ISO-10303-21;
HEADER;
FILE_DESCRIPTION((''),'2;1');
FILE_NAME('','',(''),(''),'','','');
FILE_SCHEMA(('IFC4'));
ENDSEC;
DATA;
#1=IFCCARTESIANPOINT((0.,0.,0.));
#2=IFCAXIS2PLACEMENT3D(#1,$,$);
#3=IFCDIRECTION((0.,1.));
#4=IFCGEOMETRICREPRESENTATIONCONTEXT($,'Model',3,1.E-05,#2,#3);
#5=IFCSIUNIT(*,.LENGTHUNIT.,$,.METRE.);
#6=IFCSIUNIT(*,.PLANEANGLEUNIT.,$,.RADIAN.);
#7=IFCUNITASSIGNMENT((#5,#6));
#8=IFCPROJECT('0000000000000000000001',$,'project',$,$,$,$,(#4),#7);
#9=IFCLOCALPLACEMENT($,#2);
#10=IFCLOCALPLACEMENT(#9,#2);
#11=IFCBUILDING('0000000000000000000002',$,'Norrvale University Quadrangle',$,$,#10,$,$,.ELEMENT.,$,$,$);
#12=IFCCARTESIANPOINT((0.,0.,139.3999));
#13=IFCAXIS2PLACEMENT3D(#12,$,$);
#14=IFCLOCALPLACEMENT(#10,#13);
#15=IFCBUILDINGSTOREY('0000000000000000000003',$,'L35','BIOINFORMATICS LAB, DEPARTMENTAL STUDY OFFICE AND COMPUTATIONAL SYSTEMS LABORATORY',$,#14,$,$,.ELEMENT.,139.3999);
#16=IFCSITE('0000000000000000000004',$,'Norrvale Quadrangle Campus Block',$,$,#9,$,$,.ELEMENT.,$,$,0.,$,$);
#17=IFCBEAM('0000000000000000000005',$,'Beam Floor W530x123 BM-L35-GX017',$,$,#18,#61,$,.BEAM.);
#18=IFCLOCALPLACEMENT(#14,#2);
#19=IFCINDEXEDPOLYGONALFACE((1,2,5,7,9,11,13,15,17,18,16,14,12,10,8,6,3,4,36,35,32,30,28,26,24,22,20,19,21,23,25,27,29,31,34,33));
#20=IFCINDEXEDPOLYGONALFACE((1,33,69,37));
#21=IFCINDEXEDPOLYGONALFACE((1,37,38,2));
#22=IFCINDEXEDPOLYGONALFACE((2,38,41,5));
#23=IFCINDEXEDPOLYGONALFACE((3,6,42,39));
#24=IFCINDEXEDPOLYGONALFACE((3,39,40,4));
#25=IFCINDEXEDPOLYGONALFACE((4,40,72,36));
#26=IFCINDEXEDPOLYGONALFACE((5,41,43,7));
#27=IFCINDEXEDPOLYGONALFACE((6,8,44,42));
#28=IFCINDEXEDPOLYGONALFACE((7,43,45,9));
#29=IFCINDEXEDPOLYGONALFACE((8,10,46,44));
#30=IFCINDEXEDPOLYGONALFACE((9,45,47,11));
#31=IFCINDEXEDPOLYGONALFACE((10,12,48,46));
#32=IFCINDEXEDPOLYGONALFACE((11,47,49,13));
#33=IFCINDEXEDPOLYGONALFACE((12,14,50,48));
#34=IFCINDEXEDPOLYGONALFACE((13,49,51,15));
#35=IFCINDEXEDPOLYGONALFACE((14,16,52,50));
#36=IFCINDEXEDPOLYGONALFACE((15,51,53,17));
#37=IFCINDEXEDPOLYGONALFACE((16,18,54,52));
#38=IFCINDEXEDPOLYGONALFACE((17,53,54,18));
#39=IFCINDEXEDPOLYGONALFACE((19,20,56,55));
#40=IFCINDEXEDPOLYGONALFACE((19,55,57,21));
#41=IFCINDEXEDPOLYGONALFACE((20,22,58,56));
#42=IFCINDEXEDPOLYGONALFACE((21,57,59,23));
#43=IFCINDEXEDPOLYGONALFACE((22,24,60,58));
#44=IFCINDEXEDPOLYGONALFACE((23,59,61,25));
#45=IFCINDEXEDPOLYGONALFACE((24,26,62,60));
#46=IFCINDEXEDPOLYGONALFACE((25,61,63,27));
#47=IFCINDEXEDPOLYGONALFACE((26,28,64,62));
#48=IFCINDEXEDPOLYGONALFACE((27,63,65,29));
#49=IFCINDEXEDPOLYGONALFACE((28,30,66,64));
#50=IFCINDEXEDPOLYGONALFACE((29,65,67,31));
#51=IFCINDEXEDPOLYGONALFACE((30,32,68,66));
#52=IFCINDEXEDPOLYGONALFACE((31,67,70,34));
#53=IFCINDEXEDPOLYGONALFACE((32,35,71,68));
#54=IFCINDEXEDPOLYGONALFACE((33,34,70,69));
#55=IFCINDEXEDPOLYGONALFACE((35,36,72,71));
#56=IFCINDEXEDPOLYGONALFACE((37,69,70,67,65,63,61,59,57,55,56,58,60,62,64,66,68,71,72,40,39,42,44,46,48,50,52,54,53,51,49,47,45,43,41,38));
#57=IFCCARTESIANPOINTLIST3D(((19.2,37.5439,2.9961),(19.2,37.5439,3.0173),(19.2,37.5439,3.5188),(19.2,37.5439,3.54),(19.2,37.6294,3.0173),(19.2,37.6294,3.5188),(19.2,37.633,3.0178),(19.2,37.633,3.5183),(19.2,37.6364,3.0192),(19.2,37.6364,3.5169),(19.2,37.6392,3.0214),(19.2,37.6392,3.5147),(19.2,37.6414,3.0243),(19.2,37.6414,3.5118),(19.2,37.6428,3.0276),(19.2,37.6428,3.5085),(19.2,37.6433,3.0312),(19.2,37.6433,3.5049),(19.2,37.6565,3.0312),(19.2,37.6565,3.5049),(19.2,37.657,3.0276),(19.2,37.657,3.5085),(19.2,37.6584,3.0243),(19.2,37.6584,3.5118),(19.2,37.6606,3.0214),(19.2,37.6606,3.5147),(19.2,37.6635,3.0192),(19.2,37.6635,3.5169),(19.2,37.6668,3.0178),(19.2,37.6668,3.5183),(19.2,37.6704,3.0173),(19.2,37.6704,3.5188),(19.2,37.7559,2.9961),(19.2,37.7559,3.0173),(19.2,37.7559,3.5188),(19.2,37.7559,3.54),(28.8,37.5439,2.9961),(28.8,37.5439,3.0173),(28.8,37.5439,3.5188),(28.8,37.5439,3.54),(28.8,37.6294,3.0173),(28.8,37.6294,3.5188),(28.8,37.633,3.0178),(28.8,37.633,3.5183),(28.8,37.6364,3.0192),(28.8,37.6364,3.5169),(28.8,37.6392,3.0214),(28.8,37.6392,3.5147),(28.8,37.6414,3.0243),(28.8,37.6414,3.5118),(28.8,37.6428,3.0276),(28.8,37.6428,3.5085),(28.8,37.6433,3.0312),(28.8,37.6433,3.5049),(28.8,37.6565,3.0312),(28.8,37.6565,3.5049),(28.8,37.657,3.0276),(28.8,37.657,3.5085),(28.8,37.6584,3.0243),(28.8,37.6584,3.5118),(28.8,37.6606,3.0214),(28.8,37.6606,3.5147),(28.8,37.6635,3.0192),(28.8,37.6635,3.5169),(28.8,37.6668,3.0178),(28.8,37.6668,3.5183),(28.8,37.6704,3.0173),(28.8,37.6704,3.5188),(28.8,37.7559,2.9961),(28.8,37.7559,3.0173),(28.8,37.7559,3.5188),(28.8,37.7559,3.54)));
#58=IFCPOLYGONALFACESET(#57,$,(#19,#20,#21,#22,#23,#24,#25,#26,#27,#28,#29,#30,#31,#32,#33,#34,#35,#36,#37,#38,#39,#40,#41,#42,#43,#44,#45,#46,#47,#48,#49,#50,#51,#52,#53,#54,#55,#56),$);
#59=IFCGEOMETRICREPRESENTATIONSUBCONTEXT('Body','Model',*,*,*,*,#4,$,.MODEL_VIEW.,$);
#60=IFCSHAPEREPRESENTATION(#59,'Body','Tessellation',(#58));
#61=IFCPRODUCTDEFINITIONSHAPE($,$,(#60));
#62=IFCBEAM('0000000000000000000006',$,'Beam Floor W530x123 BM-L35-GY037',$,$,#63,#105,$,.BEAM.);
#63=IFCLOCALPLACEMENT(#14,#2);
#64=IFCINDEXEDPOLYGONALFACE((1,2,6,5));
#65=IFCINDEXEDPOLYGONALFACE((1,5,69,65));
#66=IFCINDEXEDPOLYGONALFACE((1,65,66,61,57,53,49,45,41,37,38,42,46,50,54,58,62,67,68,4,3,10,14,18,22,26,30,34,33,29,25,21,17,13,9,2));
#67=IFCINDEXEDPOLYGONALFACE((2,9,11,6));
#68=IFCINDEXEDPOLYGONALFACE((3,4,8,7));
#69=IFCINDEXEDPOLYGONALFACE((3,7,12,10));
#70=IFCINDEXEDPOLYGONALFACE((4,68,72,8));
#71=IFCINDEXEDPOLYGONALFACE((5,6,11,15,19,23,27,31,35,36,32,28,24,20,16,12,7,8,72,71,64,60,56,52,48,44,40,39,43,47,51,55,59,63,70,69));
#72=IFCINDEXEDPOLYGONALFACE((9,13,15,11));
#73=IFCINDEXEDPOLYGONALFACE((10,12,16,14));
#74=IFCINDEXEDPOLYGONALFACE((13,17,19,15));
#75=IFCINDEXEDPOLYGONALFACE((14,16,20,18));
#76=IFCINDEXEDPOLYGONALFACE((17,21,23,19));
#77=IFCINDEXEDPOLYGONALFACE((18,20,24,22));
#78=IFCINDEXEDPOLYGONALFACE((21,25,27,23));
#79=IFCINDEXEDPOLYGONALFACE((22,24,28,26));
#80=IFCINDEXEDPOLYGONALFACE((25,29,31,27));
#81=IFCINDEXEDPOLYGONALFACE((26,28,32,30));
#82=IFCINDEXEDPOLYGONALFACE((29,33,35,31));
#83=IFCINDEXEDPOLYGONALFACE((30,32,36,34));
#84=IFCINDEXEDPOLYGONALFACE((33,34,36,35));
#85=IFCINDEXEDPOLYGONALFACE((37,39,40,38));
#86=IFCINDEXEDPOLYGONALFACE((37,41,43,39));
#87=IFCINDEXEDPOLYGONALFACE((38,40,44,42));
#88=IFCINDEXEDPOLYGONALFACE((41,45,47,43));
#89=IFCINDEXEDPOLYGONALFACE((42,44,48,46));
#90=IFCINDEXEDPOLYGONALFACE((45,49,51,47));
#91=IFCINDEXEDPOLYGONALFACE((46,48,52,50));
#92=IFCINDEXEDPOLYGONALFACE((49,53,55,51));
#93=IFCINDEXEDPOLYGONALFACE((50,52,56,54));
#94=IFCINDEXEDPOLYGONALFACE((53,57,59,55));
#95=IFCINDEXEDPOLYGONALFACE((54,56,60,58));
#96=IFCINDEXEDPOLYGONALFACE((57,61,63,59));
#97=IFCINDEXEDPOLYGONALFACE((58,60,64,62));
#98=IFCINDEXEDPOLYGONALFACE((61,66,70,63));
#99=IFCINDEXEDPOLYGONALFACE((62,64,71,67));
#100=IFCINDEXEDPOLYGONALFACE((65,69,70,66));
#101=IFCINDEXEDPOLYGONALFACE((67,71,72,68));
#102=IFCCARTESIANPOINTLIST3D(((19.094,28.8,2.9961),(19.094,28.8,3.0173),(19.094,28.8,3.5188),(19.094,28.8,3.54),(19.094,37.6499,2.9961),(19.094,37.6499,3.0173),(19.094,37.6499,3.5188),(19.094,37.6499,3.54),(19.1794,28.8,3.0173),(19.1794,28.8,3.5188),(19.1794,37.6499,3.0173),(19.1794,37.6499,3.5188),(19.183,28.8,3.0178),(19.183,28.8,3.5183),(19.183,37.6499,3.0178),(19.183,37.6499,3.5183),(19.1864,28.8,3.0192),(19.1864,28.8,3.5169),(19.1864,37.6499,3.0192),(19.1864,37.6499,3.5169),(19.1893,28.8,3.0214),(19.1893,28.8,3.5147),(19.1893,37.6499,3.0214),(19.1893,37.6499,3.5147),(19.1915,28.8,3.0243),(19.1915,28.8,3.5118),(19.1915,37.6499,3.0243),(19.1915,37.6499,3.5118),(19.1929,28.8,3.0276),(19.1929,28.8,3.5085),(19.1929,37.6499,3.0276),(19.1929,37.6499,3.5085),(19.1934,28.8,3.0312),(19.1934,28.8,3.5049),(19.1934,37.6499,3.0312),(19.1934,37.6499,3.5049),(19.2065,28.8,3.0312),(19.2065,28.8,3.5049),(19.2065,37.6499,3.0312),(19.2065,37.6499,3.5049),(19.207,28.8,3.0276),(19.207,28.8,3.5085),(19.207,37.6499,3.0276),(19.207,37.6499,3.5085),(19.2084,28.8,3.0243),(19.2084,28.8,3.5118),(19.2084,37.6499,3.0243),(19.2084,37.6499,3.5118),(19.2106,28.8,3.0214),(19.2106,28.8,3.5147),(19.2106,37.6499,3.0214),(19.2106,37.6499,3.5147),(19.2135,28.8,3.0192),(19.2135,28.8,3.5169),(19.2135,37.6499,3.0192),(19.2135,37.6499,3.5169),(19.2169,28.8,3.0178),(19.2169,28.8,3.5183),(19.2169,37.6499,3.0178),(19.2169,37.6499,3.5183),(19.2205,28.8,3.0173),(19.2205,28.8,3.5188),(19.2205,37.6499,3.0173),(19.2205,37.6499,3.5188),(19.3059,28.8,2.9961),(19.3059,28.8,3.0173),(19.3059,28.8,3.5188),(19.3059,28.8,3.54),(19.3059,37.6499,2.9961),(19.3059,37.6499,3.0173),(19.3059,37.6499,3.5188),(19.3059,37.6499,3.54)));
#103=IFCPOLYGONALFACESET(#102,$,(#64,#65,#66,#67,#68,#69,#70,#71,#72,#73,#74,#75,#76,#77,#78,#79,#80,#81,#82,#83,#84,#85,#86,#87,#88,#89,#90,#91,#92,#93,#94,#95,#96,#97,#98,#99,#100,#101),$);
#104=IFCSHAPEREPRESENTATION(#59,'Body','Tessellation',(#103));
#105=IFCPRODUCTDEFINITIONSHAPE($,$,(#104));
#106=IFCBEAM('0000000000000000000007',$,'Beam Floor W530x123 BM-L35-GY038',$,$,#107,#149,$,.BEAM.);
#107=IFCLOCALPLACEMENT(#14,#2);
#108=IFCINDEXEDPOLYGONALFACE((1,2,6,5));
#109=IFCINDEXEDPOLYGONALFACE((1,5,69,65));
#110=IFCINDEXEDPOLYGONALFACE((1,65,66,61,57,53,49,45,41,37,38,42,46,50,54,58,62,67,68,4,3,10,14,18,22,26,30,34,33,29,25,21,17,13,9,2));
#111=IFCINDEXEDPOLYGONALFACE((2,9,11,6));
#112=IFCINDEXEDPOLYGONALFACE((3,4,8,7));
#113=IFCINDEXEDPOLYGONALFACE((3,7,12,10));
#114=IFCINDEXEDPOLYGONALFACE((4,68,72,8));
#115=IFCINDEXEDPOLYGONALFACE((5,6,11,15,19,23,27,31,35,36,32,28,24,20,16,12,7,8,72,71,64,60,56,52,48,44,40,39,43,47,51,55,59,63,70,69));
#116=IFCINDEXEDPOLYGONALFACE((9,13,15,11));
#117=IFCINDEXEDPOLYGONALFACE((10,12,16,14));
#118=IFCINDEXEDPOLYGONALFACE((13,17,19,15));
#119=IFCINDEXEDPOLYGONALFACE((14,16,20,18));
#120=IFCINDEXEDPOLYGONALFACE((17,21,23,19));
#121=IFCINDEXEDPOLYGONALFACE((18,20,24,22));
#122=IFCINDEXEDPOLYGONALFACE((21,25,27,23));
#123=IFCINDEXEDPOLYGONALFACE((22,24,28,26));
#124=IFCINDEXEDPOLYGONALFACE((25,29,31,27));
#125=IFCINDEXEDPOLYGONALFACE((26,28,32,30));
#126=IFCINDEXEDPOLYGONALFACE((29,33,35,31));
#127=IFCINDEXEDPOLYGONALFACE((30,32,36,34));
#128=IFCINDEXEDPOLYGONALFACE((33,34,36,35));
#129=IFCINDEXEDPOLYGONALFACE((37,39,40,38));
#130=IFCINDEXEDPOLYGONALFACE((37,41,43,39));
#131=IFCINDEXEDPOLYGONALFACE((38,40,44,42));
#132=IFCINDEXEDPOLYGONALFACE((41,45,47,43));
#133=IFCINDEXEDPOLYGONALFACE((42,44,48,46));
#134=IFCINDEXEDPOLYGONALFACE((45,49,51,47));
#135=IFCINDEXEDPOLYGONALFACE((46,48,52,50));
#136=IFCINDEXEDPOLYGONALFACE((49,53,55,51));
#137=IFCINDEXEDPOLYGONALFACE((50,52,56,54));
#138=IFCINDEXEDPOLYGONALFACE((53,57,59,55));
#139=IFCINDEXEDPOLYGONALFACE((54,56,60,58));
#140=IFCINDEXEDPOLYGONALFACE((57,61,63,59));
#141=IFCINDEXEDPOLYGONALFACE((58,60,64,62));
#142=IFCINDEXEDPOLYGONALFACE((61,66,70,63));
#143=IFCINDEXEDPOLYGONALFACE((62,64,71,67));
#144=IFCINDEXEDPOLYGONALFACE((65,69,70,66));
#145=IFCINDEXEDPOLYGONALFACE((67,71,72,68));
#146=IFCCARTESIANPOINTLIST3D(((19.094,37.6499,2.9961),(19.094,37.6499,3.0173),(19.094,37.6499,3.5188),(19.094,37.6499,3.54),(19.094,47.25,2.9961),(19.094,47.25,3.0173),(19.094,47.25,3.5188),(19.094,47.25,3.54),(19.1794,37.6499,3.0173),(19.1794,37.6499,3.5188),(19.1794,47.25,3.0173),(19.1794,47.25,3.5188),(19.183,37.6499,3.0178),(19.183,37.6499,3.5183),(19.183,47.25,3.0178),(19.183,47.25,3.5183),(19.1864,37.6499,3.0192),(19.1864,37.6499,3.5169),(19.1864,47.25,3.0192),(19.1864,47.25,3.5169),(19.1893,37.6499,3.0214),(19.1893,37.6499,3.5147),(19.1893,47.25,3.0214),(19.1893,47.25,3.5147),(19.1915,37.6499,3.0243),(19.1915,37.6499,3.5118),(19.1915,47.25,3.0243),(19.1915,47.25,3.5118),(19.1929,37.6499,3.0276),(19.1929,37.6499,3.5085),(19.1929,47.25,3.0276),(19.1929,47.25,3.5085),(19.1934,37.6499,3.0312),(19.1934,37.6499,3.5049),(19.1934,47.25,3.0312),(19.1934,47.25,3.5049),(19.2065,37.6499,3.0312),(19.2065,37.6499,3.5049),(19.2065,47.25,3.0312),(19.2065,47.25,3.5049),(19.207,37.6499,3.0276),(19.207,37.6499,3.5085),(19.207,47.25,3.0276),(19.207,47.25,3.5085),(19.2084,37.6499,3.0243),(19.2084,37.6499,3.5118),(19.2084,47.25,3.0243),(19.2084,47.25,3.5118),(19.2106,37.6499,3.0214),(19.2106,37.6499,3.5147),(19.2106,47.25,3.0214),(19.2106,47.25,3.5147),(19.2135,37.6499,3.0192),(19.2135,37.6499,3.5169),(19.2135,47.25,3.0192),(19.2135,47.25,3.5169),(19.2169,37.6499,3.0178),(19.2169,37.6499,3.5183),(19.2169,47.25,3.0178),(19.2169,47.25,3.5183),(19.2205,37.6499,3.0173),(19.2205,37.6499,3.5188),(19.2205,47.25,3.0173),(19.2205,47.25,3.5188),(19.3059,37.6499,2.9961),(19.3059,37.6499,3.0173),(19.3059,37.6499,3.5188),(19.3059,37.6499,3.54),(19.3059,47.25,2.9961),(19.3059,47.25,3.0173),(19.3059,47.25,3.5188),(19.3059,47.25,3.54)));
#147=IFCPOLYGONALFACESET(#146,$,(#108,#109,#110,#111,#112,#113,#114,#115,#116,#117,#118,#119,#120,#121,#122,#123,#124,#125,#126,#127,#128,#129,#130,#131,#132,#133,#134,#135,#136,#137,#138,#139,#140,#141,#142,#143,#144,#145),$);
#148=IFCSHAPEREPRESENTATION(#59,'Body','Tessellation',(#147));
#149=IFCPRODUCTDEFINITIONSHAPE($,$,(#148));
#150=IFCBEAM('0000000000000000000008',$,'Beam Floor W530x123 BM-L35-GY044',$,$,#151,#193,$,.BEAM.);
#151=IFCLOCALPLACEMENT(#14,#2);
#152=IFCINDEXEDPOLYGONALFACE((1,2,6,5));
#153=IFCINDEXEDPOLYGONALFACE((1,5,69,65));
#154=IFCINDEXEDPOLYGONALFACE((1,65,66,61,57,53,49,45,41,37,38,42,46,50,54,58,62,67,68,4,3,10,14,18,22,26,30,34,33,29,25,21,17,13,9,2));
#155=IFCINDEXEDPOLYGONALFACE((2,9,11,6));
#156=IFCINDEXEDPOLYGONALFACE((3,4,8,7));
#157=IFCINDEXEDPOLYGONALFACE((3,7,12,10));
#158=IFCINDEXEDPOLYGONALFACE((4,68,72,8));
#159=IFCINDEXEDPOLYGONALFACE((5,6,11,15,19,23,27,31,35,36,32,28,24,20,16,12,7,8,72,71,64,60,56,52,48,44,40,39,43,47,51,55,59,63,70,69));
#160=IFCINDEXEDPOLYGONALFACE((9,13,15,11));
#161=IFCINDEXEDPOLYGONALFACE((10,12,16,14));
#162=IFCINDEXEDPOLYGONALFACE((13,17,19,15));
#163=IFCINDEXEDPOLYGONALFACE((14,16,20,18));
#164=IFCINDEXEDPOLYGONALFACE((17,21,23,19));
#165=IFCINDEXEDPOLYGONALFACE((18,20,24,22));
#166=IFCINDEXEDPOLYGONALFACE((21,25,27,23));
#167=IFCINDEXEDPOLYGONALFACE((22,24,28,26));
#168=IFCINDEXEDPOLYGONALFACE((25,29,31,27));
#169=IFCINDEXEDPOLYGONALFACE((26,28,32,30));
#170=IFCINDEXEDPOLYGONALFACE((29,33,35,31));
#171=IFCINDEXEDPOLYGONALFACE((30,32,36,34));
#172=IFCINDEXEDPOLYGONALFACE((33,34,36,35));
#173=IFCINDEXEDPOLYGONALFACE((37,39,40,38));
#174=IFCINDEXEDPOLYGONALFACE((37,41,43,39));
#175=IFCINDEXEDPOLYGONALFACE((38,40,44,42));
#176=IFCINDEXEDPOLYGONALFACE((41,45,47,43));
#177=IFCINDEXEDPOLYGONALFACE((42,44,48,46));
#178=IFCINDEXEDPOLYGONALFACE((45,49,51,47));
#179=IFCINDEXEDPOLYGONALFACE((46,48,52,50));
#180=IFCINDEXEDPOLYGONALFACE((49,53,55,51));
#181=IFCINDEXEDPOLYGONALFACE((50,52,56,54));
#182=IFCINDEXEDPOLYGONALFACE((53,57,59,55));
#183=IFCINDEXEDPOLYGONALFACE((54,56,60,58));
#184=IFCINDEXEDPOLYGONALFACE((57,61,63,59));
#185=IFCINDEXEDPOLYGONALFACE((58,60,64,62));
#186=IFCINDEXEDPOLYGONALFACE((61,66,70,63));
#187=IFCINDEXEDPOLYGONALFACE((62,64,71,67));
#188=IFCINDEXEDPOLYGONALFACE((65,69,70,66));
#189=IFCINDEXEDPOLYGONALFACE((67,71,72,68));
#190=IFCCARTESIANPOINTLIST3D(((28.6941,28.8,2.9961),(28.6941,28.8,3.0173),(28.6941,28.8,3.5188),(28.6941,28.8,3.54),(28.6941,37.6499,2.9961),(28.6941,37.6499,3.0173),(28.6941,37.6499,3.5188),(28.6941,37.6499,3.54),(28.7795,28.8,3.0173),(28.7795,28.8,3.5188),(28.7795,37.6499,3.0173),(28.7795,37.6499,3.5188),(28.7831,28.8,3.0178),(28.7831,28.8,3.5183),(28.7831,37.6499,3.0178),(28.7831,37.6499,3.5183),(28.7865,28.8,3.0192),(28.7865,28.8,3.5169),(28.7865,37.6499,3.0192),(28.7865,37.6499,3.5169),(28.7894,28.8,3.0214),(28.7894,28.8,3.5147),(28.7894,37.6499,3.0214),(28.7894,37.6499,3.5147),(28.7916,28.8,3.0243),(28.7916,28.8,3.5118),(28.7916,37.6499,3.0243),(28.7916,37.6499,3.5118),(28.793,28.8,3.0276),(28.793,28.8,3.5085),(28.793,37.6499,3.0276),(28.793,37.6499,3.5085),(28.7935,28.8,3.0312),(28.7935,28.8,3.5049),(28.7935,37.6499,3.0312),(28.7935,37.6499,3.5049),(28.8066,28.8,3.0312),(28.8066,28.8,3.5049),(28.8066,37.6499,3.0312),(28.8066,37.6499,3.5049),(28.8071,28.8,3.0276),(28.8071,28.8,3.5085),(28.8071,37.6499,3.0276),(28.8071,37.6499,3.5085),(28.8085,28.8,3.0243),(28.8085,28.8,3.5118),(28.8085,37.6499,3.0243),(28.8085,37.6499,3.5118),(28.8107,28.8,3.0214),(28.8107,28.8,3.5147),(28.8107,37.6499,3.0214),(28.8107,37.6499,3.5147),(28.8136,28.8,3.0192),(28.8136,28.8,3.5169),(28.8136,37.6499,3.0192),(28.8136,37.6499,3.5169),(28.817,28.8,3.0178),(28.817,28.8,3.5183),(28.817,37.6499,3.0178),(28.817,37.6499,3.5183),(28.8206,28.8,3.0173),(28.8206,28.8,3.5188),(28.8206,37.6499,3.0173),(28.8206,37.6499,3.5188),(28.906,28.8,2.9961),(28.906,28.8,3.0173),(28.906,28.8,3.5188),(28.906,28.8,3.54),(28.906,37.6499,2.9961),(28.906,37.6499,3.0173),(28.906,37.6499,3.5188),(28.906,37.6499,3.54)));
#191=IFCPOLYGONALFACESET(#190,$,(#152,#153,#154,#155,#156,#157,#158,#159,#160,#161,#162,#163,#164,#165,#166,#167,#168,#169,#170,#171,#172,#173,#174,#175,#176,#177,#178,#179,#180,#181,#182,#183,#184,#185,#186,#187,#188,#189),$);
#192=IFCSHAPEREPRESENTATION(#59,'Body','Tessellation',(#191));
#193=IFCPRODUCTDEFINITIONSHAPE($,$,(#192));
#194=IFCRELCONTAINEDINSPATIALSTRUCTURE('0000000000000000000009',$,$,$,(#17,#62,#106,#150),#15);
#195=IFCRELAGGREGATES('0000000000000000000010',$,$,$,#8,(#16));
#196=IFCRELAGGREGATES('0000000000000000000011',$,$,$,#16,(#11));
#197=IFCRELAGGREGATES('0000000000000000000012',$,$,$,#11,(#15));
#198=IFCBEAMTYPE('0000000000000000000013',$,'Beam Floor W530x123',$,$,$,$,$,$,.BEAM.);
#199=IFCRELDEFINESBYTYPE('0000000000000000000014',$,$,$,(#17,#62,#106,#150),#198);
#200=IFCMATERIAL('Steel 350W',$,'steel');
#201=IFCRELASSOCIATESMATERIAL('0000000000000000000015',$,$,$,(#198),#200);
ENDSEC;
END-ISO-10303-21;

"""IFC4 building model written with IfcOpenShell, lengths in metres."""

from ifc_helpers import new_model, si_unit, direction, frame, origin, origin_2d, place, context, subcontext, project, spatial, i_section, extrude, material, material_profile, profile_set, type_object, element, save


model = new_model("IFC4")

# Units and contexts
model_context = context("Model", 3, precision=1e-05, world=origin(), true_north=direction((0.0, 1.0)))
body_context = subcontext(model_context, "Body", "Model", "MODEL_VIEW")
ifc_project = project(units=[si_unit("LENGTHUNIT", "METRE"), si_unit("PLANEANGLEUNIT", "RADIAN")], contexts=[model_context])

# Site, building, storey
site_placement = place(None, origin())
site = spatial("IfcSite", under=ifc_project, at=site_placement, Name="Norrvale Quadrangle Campus Block", CompositionType="ELEMENT", RefElevation=0.0)
building_placement = place(site_placement, origin())
building = spatial("IfcBuilding", under=site, at=building_placement, Name="Norrvale University Quadrangle", CompositionType="ELEMENT")
storey_placement = place(building_placement, frame((0.0, 0.0, 139.3999)))
storey = spatial("IfcBuildingStorey", under=building, at=storey_placement, Name="L35", Description="BIOINFORMATICS LAB, DEPARTMENTAL STUDY OFFICE AND COMPUTATIONAL SYSTEMS LABORATORY", CompositionType="ELEMENT", Elevation=139.3999)

# Beams
ifc_material_1 = material(Name="Steel 350W", Category="steel")
ifc_material_profile_1 = material_profile(ifc_material_1, i_section(OverallWidth=0.2119, OverallDepth=0.5439, WebThickness=0.0132, FlangeThickness=0.0212, FilletRadius=0.0139, at=origin_2d()), Name="Steel 350W")
ifc_profile_set_1 = profile_set([ifc_material_profile_1], Name="Steel 350W")
beam_type_1 = type_object("IfcBeamType", Name="Beam Floor W530x123", PredefinedType="BEAM", material=ifc_profile_set_1)
beam_1_placement = place(storey_placement, frame((19.2, 37.6499, 3.2681), z_axis=(1.0, 0.0, 0.0), x_axis=(0.0, 1.0, 0.0)))
element("IfcBeam", 1, at=beam_1_placement, inside=storey, type_object=beam_type_1, Name="Beam Floor W530x123 BM-L35-GX017", PredefinedType="BEAM", context=body_context, shape_type="SweptSolid", body=[
    extrude(i_section(OverallWidth=0.2119, OverallDepth=0.5439, WebThickness=0.0132, FlangeThickness=0.0212, FilletRadius=0.0139, at=origin_2d()), origin(), (0.0, 0.0, 1.0), 9.6001),
])
beam_2_placement = place(storey_placement, frame((19.2, 28.8, 3.2681), z_axis=(0.0, 1.0, 0.0), x_axis=(-1.0, 0.0, 0.0)))
element("IfcBeam", 2, at=beam_2_placement, inside=storey, type_object=beam_type_1, Name="Beam Floor W530x123 BM-L35-GY037", PredefinedType="BEAM", context=body_context, shape_type="SweptSolid", body=[
    extrude(i_section(OverallWidth=0.2119, OverallDepth=0.5439, WebThickness=0.0132, FlangeThickness=0.0212, FilletRadius=0.0139, at=origin_2d()), origin(), (0.0, 0.0, 1.0), 8.8499),
])
beam_3_placement = place(storey_placement, frame((19.2, 37.6499, 3.2681), z_axis=(0.0, 1.0, 0.0), x_axis=(-1.0, 0.0, 0.0)))
element("IfcBeam", 3, at=beam_3_placement, inside=storey, type_object=beam_type_1, Name="Beam Floor W530x123 BM-L35-GY038", PredefinedType="BEAM", context=body_context, shape_type="SweptSolid", body=[
    extrude(i_section(OverallWidth=0.2119, OverallDepth=0.5439, WebThickness=0.0132, FlangeThickness=0.0212, FilletRadius=0.0139, at=origin_2d()), origin(), (0.0, 0.0, 1.0), 9.6001),
])
beam_4_placement = place(storey_placement, frame((28.8, 28.8, 3.2681), z_axis=(0.0, 1.0, 0.0), x_axis=(-1.0, 0.0, 0.0)))
element("IfcBeam", 4, at=beam_4_placement, inside=storey, type_object=beam_type_1, Name="Beam Floor W530x123 BM-L35-GY044", PredefinedType="BEAM", context=body_context, shape_type="SweptSolid", body=[
    extrude(i_section(OverallWidth=0.2119, OverallDepth=0.5439, WebThickness=0.0132, FlangeThickness=0.0212, FilletRadius=0.0139, at=origin_2d()), origin(), (0.0, 0.0, 1.0), 8.8499),
])

save(model, "model.ifc")
